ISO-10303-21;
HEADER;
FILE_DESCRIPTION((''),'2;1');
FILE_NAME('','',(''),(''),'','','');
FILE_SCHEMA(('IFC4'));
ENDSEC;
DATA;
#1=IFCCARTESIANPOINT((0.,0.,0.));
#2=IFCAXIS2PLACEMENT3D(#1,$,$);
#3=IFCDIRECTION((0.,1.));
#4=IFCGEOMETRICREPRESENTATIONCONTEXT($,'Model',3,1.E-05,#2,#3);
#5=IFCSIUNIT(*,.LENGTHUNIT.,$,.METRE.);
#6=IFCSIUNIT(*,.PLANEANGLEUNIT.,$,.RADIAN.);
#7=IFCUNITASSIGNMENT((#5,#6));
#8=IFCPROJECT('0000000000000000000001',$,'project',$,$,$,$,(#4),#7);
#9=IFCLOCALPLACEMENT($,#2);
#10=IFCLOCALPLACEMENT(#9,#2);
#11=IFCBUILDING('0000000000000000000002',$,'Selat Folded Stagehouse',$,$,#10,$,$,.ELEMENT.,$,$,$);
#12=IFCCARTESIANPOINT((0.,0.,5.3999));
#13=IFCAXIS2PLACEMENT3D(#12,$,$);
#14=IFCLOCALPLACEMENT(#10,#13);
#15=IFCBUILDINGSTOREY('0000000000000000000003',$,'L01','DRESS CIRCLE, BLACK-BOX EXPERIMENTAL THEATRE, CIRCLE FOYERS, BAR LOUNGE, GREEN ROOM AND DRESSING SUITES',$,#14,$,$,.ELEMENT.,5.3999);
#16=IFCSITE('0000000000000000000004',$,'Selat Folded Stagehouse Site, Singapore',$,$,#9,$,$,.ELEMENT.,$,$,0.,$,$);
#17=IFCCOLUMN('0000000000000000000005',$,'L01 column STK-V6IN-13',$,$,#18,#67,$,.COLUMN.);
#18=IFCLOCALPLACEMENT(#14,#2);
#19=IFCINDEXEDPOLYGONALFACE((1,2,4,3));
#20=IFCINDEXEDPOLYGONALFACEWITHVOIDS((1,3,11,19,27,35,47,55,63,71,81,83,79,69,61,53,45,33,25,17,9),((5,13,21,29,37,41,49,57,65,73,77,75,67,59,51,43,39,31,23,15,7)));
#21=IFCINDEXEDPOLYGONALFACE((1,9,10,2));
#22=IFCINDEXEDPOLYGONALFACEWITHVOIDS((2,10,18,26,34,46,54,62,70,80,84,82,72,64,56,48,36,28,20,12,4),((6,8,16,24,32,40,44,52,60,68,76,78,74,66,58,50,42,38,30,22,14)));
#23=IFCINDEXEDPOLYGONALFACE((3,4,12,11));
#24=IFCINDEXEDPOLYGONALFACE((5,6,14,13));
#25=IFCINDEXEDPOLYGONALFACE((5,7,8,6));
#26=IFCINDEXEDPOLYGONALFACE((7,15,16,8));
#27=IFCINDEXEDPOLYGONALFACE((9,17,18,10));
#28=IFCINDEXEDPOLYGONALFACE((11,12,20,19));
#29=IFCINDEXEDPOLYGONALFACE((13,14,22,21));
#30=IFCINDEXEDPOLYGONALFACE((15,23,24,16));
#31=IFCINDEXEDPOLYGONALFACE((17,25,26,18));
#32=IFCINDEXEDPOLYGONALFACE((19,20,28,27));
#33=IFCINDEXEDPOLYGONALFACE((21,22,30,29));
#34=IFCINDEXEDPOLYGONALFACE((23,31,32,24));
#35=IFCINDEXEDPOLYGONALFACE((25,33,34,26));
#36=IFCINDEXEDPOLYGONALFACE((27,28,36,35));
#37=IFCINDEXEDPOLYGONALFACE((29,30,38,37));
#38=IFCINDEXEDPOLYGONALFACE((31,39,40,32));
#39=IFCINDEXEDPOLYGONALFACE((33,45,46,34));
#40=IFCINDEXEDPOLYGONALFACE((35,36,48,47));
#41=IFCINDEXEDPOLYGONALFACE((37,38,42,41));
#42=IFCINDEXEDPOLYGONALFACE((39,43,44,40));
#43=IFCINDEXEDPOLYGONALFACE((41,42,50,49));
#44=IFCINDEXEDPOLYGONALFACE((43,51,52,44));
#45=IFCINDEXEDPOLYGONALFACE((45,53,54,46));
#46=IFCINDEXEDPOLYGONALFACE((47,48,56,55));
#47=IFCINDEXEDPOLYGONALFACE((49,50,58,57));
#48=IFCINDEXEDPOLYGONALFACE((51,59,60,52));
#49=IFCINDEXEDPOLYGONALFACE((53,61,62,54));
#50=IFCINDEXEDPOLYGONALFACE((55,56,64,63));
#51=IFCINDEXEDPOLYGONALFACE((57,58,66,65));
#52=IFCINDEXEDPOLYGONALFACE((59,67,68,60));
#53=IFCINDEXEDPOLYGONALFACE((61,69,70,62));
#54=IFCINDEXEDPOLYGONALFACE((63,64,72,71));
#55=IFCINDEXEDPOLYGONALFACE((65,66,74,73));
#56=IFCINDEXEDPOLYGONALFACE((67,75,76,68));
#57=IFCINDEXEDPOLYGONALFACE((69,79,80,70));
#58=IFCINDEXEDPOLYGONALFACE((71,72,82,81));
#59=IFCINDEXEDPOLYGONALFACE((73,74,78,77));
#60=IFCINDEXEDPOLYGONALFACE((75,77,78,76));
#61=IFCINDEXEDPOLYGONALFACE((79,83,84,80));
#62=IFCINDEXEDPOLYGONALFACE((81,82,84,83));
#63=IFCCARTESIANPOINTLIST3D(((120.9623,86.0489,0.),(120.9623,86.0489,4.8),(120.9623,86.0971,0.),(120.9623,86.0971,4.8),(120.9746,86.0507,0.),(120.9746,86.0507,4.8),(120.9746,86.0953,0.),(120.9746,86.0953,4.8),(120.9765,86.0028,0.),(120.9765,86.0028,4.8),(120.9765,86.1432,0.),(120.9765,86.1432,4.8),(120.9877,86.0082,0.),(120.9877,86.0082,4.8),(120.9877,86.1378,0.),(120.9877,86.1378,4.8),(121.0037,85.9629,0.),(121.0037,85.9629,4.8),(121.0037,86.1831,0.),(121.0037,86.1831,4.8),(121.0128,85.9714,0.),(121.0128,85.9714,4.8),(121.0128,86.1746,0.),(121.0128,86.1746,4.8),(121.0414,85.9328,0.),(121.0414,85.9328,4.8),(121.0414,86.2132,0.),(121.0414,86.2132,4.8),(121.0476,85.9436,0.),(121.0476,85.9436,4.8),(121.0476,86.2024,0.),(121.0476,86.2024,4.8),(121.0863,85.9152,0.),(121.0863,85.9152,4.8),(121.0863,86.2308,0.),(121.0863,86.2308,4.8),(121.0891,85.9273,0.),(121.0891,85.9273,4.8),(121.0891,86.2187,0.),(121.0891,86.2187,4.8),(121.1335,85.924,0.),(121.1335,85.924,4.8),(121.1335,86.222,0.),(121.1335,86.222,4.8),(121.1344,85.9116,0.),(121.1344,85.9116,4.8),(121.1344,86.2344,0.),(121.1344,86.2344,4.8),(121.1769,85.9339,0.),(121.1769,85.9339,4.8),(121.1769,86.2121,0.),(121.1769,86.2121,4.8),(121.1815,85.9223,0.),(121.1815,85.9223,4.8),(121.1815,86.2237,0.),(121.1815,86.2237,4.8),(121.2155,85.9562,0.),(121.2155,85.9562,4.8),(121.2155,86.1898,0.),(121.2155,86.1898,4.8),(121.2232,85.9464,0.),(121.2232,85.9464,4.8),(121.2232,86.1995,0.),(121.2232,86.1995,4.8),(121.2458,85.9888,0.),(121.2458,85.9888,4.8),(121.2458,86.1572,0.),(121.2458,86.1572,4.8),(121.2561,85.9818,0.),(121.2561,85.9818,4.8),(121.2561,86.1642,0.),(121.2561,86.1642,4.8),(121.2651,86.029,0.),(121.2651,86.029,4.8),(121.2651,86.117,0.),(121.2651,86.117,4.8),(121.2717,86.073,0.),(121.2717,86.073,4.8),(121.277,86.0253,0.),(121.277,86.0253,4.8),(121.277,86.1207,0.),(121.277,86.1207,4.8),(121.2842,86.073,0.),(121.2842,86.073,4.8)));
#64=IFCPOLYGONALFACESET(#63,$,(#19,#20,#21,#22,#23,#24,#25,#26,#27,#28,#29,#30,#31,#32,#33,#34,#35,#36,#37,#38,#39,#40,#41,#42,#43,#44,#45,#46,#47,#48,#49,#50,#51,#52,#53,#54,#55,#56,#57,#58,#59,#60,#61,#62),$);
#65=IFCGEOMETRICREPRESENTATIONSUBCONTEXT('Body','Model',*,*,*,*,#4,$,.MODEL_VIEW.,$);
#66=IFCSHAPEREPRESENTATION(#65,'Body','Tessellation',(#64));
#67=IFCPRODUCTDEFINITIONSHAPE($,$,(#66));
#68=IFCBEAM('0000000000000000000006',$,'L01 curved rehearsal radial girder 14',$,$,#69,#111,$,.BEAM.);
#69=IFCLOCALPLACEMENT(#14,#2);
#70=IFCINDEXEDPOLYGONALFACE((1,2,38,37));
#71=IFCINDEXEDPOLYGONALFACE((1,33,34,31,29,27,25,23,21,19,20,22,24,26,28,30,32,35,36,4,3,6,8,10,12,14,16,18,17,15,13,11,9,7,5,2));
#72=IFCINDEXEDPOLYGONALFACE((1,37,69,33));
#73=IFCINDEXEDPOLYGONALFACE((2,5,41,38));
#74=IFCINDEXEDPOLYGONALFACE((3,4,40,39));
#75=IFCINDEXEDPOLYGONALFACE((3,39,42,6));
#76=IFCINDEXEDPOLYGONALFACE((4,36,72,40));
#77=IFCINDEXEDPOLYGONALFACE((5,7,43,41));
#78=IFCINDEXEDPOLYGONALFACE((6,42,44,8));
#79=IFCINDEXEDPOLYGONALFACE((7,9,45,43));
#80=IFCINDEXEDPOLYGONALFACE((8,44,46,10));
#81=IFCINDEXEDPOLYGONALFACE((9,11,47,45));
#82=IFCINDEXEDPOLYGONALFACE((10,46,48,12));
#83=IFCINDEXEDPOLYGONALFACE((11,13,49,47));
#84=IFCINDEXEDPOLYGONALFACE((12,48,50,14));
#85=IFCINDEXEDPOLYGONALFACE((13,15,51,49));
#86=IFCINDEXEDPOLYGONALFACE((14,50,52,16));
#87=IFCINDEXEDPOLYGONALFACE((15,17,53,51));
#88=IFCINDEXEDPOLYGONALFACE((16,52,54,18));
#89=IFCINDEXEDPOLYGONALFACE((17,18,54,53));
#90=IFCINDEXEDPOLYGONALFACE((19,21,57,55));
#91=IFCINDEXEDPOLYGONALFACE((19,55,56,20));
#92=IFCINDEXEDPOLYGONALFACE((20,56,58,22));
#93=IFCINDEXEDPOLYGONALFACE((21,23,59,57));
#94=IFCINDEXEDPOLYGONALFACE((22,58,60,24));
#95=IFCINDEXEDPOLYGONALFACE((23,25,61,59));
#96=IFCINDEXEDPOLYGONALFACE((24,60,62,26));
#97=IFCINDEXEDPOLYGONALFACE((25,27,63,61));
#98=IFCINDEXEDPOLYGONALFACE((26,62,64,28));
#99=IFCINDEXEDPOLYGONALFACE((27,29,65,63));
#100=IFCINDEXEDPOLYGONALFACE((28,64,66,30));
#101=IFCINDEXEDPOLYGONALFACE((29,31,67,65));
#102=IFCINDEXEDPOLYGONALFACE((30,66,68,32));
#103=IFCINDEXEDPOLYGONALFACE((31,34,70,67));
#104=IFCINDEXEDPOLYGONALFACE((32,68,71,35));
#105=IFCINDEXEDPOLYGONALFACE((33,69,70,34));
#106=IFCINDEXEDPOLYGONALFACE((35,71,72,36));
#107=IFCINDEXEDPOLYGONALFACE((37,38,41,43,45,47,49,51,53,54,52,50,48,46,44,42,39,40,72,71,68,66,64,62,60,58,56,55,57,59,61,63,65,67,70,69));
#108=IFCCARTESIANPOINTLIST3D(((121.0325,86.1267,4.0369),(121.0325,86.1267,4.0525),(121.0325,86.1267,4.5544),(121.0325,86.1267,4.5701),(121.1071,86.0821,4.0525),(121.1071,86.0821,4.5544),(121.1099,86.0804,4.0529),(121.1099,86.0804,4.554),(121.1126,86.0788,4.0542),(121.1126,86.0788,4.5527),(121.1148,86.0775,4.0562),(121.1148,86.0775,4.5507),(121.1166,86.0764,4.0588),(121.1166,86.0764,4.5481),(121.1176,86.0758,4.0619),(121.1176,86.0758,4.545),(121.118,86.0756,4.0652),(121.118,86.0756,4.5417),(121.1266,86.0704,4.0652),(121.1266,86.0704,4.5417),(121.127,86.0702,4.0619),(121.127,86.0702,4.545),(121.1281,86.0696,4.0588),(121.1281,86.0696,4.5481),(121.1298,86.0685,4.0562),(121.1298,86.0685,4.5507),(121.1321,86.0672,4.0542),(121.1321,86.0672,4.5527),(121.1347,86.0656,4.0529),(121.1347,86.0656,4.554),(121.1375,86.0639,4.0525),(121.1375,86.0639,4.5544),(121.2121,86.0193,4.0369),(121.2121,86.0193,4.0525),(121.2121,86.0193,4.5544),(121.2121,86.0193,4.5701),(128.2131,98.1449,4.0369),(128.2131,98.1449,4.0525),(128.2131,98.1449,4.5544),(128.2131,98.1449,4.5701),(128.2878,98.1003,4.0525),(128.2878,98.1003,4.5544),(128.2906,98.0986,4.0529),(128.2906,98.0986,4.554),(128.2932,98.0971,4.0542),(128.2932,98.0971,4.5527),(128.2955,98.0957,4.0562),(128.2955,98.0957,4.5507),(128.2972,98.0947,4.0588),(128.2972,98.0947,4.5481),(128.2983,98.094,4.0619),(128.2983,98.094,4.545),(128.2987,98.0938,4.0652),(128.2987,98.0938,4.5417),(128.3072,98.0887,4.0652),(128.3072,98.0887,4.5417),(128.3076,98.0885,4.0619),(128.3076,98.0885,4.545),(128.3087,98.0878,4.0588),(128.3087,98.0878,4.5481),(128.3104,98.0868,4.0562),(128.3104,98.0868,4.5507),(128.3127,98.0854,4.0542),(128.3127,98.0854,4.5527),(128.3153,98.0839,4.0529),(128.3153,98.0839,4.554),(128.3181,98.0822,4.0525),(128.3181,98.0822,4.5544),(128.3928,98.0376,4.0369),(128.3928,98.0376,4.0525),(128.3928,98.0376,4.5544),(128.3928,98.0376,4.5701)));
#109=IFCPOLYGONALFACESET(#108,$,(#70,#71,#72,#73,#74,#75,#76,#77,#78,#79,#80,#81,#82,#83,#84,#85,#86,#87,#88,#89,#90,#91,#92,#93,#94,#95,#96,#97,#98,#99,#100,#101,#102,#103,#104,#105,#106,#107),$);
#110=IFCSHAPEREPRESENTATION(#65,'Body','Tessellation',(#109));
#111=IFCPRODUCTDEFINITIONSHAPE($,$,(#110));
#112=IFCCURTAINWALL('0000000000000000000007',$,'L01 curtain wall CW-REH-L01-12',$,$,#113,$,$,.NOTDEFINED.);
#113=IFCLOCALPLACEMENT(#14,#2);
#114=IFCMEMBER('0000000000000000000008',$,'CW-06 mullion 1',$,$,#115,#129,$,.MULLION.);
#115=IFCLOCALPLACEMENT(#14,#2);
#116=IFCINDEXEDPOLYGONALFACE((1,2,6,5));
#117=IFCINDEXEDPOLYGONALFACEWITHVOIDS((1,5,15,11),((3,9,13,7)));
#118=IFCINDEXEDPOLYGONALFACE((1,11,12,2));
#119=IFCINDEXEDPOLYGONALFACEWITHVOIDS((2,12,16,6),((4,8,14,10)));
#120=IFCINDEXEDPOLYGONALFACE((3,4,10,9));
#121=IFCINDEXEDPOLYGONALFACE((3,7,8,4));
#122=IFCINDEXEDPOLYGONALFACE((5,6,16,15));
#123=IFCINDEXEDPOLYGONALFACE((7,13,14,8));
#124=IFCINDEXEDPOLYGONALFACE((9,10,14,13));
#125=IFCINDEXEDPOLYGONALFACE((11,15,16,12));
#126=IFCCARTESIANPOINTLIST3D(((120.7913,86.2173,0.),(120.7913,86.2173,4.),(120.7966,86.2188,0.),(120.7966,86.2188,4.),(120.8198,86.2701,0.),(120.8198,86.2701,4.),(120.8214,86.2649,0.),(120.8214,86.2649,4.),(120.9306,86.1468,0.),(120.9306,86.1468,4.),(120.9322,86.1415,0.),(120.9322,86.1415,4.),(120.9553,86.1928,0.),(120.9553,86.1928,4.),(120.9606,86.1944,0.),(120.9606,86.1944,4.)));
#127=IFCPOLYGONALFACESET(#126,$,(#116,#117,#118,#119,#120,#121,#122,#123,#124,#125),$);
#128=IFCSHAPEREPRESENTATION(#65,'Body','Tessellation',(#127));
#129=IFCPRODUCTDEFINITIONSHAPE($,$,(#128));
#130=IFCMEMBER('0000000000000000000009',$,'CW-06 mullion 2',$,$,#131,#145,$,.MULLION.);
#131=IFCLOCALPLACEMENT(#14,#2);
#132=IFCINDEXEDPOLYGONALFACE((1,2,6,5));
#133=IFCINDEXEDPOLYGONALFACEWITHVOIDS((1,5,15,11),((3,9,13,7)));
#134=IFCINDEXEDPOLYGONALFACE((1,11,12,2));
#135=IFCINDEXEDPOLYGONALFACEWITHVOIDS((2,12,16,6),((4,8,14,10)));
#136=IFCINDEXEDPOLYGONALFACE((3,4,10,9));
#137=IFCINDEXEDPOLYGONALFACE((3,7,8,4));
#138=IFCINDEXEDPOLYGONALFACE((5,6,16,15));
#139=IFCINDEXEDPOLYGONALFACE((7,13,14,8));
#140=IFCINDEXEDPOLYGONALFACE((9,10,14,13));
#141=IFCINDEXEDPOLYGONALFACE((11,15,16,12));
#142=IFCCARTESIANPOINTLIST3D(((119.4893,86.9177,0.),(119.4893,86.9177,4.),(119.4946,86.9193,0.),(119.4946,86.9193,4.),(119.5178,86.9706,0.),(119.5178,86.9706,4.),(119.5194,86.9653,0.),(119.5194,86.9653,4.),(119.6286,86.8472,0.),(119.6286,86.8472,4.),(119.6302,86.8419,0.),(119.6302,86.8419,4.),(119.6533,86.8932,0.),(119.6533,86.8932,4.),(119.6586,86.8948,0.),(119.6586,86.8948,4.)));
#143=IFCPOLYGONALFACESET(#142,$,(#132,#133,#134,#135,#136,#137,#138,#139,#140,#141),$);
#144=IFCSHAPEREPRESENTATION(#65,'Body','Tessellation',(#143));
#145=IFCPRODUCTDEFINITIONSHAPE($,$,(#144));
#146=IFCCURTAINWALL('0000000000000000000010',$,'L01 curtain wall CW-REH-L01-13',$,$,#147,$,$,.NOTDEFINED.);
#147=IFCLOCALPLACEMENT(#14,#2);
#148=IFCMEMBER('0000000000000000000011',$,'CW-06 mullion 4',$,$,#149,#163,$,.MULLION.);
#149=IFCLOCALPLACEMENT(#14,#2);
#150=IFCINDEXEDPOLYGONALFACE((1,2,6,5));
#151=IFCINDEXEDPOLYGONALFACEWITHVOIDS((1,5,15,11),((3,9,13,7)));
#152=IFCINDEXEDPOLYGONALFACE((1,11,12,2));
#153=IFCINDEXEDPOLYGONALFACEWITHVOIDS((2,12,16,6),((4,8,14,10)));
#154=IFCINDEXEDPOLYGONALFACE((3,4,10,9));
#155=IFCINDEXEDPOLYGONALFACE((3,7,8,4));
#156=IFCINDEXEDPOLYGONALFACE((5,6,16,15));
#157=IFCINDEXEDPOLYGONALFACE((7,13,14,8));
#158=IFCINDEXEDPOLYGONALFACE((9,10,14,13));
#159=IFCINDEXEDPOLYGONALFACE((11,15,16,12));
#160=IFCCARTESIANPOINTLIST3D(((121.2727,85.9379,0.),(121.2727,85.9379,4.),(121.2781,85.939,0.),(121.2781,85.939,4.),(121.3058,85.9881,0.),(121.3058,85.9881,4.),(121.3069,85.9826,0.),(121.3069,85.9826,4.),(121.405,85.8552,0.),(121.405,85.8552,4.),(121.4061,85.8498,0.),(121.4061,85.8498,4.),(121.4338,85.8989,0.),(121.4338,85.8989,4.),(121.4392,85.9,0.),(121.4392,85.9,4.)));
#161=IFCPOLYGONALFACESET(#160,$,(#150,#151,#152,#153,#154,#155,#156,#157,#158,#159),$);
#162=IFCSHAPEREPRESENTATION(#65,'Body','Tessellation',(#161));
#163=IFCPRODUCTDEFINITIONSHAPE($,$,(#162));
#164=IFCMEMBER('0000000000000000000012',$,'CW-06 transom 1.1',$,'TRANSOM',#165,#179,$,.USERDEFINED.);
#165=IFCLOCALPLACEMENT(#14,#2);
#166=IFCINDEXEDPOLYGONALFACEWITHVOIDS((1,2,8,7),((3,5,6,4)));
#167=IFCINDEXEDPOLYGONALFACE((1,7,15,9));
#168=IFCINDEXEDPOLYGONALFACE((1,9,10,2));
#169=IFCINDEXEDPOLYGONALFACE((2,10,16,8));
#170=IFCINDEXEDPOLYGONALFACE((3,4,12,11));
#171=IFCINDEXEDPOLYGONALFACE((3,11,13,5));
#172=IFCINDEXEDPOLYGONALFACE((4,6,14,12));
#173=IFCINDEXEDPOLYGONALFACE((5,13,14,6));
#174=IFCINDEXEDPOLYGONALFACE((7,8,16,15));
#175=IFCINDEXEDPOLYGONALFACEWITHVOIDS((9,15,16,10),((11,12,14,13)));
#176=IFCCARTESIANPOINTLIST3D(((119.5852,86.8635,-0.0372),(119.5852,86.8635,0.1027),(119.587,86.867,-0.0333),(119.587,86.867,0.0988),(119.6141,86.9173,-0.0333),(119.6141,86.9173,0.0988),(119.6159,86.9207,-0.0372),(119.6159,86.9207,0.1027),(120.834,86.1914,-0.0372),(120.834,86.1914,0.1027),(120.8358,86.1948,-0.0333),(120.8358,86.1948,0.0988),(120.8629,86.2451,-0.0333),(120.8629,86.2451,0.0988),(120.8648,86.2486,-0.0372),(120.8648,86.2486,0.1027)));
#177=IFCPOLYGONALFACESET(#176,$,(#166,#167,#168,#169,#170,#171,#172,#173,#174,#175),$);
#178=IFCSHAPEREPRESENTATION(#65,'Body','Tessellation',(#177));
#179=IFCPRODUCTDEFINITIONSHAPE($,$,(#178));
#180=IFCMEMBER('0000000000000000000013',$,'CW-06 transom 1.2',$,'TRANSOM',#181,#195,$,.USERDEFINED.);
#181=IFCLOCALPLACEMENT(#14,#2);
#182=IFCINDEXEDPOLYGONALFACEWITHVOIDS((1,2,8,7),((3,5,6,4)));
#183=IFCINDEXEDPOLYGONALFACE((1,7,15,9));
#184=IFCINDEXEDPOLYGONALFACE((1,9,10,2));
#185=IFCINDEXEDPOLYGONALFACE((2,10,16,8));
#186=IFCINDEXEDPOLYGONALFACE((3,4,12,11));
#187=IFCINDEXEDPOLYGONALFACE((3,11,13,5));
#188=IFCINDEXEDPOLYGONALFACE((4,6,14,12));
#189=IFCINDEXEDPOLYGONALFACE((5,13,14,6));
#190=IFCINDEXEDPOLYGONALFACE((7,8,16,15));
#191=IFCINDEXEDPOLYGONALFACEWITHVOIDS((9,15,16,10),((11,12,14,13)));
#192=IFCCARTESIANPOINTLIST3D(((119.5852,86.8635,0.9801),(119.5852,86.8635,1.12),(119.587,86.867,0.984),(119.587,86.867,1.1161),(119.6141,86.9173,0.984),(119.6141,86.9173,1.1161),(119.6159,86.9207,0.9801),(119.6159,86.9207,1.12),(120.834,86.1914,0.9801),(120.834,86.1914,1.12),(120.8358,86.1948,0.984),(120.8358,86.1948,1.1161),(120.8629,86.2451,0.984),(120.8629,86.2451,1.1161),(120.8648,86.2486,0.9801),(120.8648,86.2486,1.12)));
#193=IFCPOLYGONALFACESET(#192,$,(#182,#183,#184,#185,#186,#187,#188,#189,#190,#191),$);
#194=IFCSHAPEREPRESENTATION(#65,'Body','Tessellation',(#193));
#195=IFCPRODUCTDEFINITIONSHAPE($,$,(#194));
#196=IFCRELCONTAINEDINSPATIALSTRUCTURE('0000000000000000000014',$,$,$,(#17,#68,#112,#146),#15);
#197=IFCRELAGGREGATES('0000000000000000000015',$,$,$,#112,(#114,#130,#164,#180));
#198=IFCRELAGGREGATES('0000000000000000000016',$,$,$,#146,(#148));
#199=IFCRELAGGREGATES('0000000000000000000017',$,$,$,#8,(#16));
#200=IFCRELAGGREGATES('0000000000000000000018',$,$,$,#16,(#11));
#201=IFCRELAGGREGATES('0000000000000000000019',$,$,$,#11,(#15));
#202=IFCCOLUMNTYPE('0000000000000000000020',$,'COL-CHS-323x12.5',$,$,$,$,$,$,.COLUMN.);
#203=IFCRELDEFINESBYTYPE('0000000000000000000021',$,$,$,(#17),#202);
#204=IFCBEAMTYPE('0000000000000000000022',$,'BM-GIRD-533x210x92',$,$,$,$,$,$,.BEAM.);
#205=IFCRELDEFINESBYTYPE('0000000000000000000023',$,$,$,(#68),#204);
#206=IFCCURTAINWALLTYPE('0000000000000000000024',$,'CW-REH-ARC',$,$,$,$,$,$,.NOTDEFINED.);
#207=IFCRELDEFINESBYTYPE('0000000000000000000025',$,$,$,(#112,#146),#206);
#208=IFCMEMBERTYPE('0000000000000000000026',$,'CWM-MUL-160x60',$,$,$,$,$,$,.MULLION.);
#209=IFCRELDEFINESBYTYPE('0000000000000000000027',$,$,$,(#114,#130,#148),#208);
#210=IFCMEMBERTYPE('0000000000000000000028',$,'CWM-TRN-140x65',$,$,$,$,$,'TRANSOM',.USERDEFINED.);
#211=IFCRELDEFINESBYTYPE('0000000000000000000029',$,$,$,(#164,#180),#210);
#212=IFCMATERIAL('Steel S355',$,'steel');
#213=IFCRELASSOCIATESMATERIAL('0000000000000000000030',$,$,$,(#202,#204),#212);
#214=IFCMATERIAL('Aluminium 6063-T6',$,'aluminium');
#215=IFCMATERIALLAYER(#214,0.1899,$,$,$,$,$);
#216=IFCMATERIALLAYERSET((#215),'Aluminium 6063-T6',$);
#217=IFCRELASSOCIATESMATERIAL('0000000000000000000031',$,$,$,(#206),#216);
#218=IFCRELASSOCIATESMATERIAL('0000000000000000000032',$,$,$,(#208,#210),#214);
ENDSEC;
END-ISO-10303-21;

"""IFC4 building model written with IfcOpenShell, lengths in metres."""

from ifc_helpers import new_model, si_unit, direction, frame, origin, origin_2d, place, context, subcontext, project, spatial, hollow_rectangle, hollow_circle, i_section, extrude, material, layer, layer_set, material_profile, profile_set, type_object, element, aggregate, save


model = new_model("IFC4")

# Units and contexts
model_context = context("Model", 3, precision=1e-05, world=origin(), true_north=direction((0.0, 1.0)))
body_context = subcontext(model_context, "Body", "Model", "MODEL_VIEW")
ifc_project = project(units=[si_unit("LENGTHUNIT", "METRE"), si_unit("PLANEANGLEUNIT", "RADIAN")], contexts=[model_context])

# Site, building, storey
site_placement = place(None, origin())
site = spatial("IfcSite", under=ifc_project, at=site_placement, Name="Selat Folded Stagehouse Site, Singapore", CompositionType="ELEMENT", RefElevation=0.0)
building_placement = place(site_placement, origin())
building = spatial("IfcBuilding", under=site, at=building_placement, Name="Selat Folded Stagehouse", CompositionType="ELEMENT")
storey_placement = place(building_placement, frame((0.0, 0.0, 5.3999)))
storey = spatial("IfcBuildingStorey", under=building, at=storey_placement, Name="L01", Description="DRESS CIRCLE, BLACK-BOX EXPERIMENTAL THEATRE, CIRCLE FOYERS, BAR LOUNGE, GREEN ROOM AND DRESSING SUITES", CompositionType="ELEMENT", Elevation=5.3999)

# Column
ifc_material_1 = material(Name="Steel S355", Category="steel")
ifc_material_profile_1 = material_profile(ifc_material_1, hollow_circle(Radius=0.1619, WallThickness=0.0125, at=origin_2d()), Name="CHS 323.9x12.5")
ifc_profile_set_1 = profile_set([ifc_material_profile_1], Name="Steel S355")
column_type = type_object("IfcColumnType", Name="COL-CHS-323x12.5", PredefinedType="COLUMN", material=ifc_profile_set_1)
column_placement = place(storey_placement, frame((121.1223, 86.073, 0.0), z_axis=(0.0, 0.0, 1.0), x_axis=(1.0, 0.0, 0.0)))
element("IfcColumn", 1, at=column_placement, inside=storey, type_object=column_type, Name="L01 column STK-V6IN-13", PredefinedType="COLUMN", context=body_context, shape_type="SweptSolid", body=[
    extrude(hollow_circle(Radius=0.1619, WallThickness=0.0125, at=origin_2d()), origin(), (0.0, 0.0, 1.0), 4.8),
])

# Beam
ifc_material_profile_2 = material_profile(ifc_material_1, i_section(OverallWidth=0.2092, OverallDepth=0.5332, WebThickness=0.01, FlangeThickness=0.0156, FilletRadius=0.0127, at=origin_2d()), Name="UKB 533x210x92")
ifc_profile_set_2 = profile_set([ifc_material_profile_2], Name="Steel S355")
beam_type_1 = type_object("IfcBeamType", Name="BM-GIRD-533x210x92", PredefinedType="BEAM", material=ifc_profile_set_2)
beam_1_placement = place(storey_placement, frame((121.1223, 86.073, 4.3035), z_axis=(0.512902, 0.858447, 0.0), x_axis=(-0.858447, 0.512902, 0.0)))
element("IfcBeam", 2, at=beam_1_placement, inside=storey, type_object=beam_type_1, Name="L01 curved rehearsal radial girder 14", PredefinedType="BEAM", context=body_context, shape_type="SweptSolid", body=[
    extrude(i_section(OverallWidth=0.2092, OverallDepth=0.5332, WebThickness=0.01, FlangeThickness=0.0156, FilletRadius=0.0127, at=origin_2d()), origin(), (0.0, 0.0, 1.0), 14.0),
])

# Curtain wall, members
ifc_material_2 = material(Name="Aluminium 6063-T6", Category="aluminium")
ifc_layer_1 = layer(ifc_material_2, 0.1899)
ifc_layer_set_1 = layer_set([ifc_layer_1], Name="Aluminium 6063-T6")
curtain_wall_type = type_object("IfcCurtainWallType", Name="CW-REH-ARC", PredefinedType="NOTDEFINED", material=ifc_layer_set_1)
curtain_wall_1_placement = place(storey_placement, origin())
curtain_wall_1 = element("IfcCurtainWall", 3, at=curtain_wall_1_placement, inside=storey, type_object=curtain_wall_type, Name="L01 curtain wall CW-REH-L01-12", PredefinedType="NOTDEFINED")
ifc_material_profile_3 = material_profile(ifc_material_2, hollow_rectangle(XDim=0.0601, YDim=0.1599, WallThickness=0.0039, at=origin_2d()), Name="ALU 160x60x4.0")
ifc_profile_set_3 = profile_set([ifc_material_profile_3], Name="Aluminium 6063-T6")
member_type_1 = type_object("IfcMemberType", Name="CWM-MUL-160x60", PredefinedType="MULLION", material=ifc_profile_set_3)
member_1_placement = place(storey_placement, frame((120.876, 86.2058, 0.0), z_axis=(0.0, 0.0, 1.0), x_axis=(-0.473859, -0.880601, 0.0)))
member_1 = element("IfcMember", 4, at=member_1_placement, type_object=member_type_1, Name="CW-06 mullion 1", PredefinedType="MULLION", context=body_context, shape_type="SweptSolid", body=[
    extrude(hollow_rectangle(XDim=0.0601, YDim=0.1599, WallThickness=0.0039, at=origin_2d()), origin(), (0.0, 0.0, 1.0), 4.0),
])
member_2_placement = place(storey_placement, frame((119.574, 86.9062, 0.0), z_axis=(0.0, 0.0, 1.0), x_axis=(-0.473859, -0.880601, 0.0)))
member_2 = element("IfcMember", 5, at=member_2_placement, type_object=member_type_1, Name="CW-06 mullion 2", PredefinedType="MULLION", context=body_context, shape_type="SweptSolid", body=[
    extrude(hollow_rectangle(XDim=0.0601, YDim=0.1599, WallThickness=0.0039, at=origin_2d()), origin(), (0.0, 0.0, 1.0), 4.0),
])

# Curtain wall, member
curtain_wall_2_placement = place(storey_placement, origin())
curtain_wall_2 = element("IfcCurtainWall", 6, at=curtain_wall_2_placement, inside=storey, type_object=curtain_wall_type, Name="L01 curtain wall CW-REH-L01-13", PredefinedType="NOTDEFINED")
member_3_placement = place(storey_placement, frame((121.356, 85.9189, 0.0), z_axis=(0.0, 0.0, 1.0), x_axis=(-0.550885, -0.834581, 0.0)))
member_3 = element("IfcMember", 7, at=member_3_placement, type_object=member_type_1, Name="CW-06 mullion 4", PredefinedType="MULLION", context=body_context, shape_type="SweptSolid", body=[
    extrude(hollow_rectangle(XDim=0.0601, YDim=0.1599, WallThickness=0.0039, at=origin_2d()), origin(), (0.0, 0.0, 1.0), 4.0),
])

# Members
ifc_material_profile_4 = material_profile(ifc_material_2, hollow_rectangle(XDim=0.0649, YDim=0.1399, WallThickness=0.0039, at=origin_2d()), Name="ALU 140x65x4.0")
ifc_profile_set_4 = profile_set([ifc_material_profile_4], Name="Aluminium 6063-T6")
member_type_2 = type_object("IfcMemberType", Name="CWM-TRN-140x65", ElementType="TRANSOM", PredefinedType="USERDEFINED", material=ifc_profile_set_4)
member_4_placement = place(storey_placement, frame((120.8494, 86.22, 0.0327), z_axis=(-0.88056, 0.473936, 0.0), x_axis=(-0.473936, -0.88056, 0.0)))
member_4 = element("IfcMember", 8, at=member_4_placement, type_object=member_type_2, Name="CW-06 transom 1.1", ObjectType="TRANSOM", PredefinedType="USERDEFINED", context=body_context, shape_type="SweptSolid", body=[
    extrude(hollow_rectangle(XDim=0.0649, YDim=0.1399, WallThickness=0.0039, at=origin_2d()), origin(), (0.0, 0.0, 1.0), 1.4182),
])
member_5_placement = place(storey_placement, frame((120.8494, 86.22, 1.05), z_axis=(-0.88056, 0.473936, 0.0), x_axis=(-0.473936, -0.88056, 0.0)))
member_5 = element("IfcMember", 9, at=member_5_placement, type_object=member_type_2, Name="CW-06 transom 1.2", ObjectType="TRANSOM", PredefinedType="USERDEFINED", context=body_context, shape_type="SweptSolid", body=[
    extrude(hollow_rectangle(XDim=0.0649, YDim=0.1399, WallThickness=0.0039, at=origin_2d()), origin(), (0.0, 0.0, 1.0), 1.4182),
])

aggregate(curtain_wall_1, [member_1, member_2, member_4, member_5])
aggregate(curtain_wall_2, [member_3])

save(model, "model.ifc")
